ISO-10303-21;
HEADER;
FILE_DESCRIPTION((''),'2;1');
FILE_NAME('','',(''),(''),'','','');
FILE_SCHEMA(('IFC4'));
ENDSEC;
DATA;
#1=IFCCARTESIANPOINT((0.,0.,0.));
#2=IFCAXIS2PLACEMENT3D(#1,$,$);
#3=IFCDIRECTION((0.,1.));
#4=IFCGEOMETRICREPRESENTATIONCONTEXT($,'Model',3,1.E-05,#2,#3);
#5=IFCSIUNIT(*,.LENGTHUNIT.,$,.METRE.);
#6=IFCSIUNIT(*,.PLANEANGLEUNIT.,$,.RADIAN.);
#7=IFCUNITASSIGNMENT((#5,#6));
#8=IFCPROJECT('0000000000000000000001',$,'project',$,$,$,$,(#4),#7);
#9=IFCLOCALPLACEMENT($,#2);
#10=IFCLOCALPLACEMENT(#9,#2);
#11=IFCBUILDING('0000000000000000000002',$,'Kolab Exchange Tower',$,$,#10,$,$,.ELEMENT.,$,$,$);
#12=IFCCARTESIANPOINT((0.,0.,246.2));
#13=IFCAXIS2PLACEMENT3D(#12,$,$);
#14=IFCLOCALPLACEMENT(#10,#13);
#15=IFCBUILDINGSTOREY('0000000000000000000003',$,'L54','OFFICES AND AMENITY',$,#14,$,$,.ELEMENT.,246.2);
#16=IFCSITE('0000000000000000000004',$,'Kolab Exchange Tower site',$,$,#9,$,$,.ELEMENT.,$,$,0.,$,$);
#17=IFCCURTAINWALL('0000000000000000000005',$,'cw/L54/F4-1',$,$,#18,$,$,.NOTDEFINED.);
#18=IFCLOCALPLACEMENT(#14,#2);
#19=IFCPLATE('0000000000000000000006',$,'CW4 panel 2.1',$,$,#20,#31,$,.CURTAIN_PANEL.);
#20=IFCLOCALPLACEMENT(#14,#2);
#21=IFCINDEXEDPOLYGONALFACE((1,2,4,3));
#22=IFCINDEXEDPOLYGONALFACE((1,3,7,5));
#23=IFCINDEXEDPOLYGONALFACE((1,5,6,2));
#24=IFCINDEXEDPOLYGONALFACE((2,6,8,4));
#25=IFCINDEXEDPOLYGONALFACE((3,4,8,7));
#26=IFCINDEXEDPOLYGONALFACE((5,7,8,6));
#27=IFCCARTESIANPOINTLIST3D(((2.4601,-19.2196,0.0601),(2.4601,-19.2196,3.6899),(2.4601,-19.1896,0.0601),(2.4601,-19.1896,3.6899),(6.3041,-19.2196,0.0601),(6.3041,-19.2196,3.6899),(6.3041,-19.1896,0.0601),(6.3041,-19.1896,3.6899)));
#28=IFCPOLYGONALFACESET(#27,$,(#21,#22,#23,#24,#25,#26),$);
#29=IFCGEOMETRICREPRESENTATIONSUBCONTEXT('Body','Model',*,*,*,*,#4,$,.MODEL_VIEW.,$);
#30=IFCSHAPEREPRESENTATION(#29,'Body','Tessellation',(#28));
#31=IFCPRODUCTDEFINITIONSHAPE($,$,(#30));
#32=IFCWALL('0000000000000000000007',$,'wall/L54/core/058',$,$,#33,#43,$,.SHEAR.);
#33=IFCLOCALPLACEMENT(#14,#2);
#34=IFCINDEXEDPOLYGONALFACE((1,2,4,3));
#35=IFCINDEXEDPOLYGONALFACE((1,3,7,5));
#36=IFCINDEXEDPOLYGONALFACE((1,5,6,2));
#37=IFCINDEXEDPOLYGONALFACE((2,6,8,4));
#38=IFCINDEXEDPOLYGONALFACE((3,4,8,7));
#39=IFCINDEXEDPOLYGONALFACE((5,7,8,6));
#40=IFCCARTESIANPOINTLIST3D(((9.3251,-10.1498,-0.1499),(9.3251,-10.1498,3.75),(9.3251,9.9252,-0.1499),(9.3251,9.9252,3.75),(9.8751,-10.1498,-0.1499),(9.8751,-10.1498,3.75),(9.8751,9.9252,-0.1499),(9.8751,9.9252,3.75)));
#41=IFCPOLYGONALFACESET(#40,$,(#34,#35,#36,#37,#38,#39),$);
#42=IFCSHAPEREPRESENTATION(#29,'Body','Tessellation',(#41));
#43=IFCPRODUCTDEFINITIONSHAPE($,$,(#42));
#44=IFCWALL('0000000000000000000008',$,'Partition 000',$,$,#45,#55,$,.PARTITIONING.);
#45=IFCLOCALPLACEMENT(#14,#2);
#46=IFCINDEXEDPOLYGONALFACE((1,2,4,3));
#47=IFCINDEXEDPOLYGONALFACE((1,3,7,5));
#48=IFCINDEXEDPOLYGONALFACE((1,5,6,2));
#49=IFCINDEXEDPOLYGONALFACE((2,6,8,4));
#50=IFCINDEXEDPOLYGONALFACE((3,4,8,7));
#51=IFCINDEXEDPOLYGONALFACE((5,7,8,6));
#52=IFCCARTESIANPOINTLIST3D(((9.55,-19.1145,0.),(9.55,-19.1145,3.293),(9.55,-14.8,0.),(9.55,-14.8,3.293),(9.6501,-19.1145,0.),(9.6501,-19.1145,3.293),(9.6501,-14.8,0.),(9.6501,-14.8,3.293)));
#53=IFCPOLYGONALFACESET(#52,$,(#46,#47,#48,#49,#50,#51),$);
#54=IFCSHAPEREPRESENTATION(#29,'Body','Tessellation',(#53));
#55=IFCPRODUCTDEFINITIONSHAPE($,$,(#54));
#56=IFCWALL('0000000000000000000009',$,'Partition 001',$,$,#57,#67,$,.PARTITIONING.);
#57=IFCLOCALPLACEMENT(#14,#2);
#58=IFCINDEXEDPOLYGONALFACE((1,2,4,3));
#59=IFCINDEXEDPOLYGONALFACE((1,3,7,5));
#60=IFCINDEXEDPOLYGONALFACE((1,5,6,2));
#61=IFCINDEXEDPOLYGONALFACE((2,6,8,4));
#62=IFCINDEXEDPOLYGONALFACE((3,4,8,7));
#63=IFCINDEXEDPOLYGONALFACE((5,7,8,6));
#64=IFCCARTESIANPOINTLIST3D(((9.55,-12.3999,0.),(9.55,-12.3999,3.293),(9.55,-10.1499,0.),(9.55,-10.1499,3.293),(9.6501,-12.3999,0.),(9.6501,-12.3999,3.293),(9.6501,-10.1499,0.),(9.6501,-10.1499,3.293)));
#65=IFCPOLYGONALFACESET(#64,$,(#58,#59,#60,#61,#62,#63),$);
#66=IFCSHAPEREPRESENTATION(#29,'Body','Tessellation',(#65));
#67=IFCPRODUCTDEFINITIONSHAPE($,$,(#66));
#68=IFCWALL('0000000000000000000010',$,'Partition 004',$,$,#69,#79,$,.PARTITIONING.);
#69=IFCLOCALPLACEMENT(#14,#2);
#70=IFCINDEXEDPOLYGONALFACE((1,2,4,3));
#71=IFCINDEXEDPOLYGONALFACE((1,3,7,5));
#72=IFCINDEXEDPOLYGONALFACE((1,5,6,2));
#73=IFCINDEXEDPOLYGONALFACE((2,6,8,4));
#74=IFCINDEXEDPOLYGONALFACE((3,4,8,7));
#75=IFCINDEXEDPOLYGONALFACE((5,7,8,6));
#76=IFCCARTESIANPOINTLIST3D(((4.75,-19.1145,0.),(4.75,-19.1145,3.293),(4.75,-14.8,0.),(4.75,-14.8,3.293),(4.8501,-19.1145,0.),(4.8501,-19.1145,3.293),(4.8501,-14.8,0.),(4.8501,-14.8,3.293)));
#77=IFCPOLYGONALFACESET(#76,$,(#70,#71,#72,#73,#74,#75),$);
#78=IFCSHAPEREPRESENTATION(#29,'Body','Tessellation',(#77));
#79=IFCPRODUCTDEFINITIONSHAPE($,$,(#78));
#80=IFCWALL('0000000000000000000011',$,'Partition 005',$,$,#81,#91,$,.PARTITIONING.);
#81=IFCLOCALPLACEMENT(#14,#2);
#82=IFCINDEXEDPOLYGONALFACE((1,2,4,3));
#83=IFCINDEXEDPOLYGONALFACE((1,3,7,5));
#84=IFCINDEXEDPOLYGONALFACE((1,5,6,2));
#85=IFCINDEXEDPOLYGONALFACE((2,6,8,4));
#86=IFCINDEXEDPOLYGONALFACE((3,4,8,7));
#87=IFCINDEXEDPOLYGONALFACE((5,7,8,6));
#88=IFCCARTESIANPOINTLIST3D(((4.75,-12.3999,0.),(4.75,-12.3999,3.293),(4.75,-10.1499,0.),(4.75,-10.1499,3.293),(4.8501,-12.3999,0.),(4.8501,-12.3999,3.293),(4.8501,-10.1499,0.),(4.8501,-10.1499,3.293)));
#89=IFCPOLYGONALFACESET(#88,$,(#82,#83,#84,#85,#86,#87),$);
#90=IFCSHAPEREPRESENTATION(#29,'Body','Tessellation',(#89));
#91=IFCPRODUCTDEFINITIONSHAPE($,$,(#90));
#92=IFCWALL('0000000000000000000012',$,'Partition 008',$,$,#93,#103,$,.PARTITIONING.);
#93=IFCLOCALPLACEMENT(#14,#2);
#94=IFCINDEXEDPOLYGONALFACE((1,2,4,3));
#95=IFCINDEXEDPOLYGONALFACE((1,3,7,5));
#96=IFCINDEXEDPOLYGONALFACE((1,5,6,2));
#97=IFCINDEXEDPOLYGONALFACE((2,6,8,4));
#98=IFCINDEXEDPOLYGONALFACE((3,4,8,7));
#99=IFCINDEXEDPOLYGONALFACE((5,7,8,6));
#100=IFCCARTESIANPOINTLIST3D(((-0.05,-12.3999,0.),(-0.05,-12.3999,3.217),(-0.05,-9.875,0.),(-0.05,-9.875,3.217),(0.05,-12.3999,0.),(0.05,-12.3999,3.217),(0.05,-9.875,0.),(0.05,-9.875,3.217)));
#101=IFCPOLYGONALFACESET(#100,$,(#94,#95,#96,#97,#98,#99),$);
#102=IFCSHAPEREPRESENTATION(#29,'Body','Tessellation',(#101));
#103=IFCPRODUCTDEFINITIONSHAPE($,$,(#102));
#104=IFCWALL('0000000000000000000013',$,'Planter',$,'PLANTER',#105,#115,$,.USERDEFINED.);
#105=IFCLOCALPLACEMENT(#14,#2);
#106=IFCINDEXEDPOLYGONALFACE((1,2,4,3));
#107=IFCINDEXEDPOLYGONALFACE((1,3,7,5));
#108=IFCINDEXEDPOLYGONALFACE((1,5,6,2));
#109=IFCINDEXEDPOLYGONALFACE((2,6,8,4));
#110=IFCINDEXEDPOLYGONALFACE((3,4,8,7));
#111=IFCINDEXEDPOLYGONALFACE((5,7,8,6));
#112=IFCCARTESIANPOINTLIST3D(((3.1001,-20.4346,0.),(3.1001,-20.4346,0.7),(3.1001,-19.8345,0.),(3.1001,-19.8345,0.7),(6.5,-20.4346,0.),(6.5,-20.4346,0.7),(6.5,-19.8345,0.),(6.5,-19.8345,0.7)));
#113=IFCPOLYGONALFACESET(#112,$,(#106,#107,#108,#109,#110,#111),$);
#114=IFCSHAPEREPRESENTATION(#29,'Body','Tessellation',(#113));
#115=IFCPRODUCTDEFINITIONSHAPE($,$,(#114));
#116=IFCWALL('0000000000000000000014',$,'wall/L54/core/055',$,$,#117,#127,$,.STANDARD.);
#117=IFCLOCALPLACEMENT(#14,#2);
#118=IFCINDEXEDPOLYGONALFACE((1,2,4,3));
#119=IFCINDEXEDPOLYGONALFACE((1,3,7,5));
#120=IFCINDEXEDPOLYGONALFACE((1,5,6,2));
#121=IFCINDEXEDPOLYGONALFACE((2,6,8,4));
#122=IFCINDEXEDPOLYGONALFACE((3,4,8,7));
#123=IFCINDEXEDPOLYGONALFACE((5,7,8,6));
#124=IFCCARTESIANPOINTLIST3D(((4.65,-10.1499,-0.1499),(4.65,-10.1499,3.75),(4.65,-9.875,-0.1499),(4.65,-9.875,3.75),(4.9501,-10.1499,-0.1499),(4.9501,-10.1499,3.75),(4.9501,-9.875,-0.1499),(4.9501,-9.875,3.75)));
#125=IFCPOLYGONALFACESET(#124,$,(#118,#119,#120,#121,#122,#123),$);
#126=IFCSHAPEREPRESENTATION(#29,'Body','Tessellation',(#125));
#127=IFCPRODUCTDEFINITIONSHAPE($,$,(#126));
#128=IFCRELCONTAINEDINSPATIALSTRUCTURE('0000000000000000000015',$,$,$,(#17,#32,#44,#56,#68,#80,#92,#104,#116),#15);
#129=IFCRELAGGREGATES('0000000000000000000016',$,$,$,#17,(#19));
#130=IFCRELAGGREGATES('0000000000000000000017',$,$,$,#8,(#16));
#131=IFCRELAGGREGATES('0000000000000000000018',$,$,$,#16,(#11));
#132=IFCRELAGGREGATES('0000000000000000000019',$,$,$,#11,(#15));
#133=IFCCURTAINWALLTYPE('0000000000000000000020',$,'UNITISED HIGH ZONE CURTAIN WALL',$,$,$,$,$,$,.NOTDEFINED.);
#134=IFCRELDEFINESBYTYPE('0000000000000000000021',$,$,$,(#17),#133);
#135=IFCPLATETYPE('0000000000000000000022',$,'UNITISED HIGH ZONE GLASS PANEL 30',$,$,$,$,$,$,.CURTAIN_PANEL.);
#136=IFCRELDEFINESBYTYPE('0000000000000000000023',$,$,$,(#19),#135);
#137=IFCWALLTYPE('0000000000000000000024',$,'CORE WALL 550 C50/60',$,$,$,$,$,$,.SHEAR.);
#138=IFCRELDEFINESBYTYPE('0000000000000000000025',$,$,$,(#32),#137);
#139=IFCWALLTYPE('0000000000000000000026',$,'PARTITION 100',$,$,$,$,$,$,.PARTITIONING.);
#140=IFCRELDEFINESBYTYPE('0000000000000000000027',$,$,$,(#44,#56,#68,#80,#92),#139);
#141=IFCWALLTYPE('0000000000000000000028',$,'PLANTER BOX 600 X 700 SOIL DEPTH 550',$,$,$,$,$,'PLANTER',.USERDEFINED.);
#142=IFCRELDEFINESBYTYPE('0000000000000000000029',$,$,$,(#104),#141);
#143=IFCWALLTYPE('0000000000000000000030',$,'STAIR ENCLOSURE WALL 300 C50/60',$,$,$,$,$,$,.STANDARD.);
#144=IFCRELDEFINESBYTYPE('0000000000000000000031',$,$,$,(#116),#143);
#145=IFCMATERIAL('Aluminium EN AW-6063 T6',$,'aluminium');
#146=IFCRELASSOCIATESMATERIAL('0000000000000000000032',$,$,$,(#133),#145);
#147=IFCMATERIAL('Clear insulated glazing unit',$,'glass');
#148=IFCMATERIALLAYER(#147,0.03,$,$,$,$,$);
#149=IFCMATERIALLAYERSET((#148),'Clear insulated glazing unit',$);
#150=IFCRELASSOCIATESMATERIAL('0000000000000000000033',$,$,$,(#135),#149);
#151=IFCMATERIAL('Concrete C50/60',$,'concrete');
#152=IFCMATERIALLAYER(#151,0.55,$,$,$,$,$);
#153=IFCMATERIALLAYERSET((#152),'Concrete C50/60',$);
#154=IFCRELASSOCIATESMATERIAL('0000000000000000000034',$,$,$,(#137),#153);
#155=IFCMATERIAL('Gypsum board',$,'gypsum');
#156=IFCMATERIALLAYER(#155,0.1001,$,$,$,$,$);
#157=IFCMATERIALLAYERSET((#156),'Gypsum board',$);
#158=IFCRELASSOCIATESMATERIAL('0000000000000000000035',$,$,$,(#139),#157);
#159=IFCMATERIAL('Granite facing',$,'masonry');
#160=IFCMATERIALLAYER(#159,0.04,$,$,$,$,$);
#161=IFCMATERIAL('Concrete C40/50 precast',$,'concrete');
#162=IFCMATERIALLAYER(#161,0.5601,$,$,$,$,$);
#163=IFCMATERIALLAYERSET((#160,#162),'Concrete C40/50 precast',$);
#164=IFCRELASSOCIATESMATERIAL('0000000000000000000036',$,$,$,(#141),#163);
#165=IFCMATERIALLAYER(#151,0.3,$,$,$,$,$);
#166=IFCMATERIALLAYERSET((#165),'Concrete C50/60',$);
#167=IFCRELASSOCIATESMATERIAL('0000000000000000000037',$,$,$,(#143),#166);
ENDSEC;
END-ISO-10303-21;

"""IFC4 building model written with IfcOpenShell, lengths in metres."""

from ifc_helpers import new_model, si_unit, direction, frame, frame_2d, origin, origin_2d, place, context, subcontext, project, spatial, rectangle, extrude, material, layer, layer_set, type_object, element, aggregate, save


model = new_model("IFC4")

# Units and contexts
model_context = context("Model", 3, precision=1e-05, world=origin(), true_north=direction((0.0, 1.0)))
body_context = subcontext(model_context, "Body", "Model", "MODEL_VIEW")
ifc_project = project(units=[si_unit("LENGTHUNIT", "METRE"), si_unit("PLANEANGLEUNIT", "RADIAN")], contexts=[model_context])

# Site, building, storey
site_placement = place(None, origin())
site = spatial("IfcSite", under=ifc_project, at=site_placement, Name="Kolab Exchange Tower site", CompositionType="ELEMENT", RefElevation=0.0)
building_placement = place(site_placement, origin())
building = spatial("IfcBuilding", under=site, at=building_placement, Name="Kolab Exchange Tower", CompositionType="ELEMENT")
storey_placement = place(building_placement, frame((0.0, 0.0, 246.2)))
storey = spatial("IfcBuildingStorey", under=building, at=storey_placement, Name="L54", Description="OFFICES AND AMENITY", CompositionType="ELEMENT", Elevation=246.2)

# Shared definitions
ifc_material_1 = material(Name="Concrete C50/60", Category="concrete")

# Curtain wall, plate
ifc_material_2 = material(Name="Aluminium EN AW-6063 T6", Category="aluminium")
curtain_wall_type = type_object("IfcCurtainWallType", Name="UNITISED HIGH ZONE CURTAIN WALL", PredefinedType="NOTDEFINED", material=ifc_material_2)
curtain_wall_placement = place(storey_placement, origin())
curtain_wall = element("IfcCurtainWall", 1, at=curtain_wall_placement, inside=storey, type_object=curtain_wall_type, Name="cw/L54/F4-1", PredefinedType="NOTDEFINED")
ifc_material_3 = material(Name="Clear insulated glazing unit", Category="glass")
ifc_layer_1 = layer(ifc_material_3, 0.03)
ifc_layer_set_1 = layer_set([ifc_layer_1], Name="Clear insulated glazing unit")
plate_type = type_object("IfcPlateType", Name="UNITISED HIGH ZONE GLASS PANEL 30", PredefinedType="CURTAIN_PANEL", material=ifc_layer_set_1)
plate_1_placement = place(storey_placement, frame((4.3821, -19.2046, 0.0601), z_axis=(0.0, 0.0, 1.0), x_axis=(-1.0, 0.0, 0.0)))
plate_1 = element("IfcPlate", 2, at=plate_1_placement, type_object=plate_type, Name="CW4 panel 2.1", PredefinedType="CURTAIN_PANEL", context=body_context, shape_type="SweptSolid", body=[
    extrude(rectangle(XDim=3.844, YDim=0.03, at=origin_2d()), origin(), (0.0, 0.0, 1.0), 3.6299),
])
aggregate(curtain_wall, [plate_1])

# Wall
ifc_layer_2 = layer(ifc_material_1, 0.55)
ifc_layer_set_2 = layer_set([ifc_layer_2], Name="Concrete C50/60")
wall_type_1 = type_object("IfcWallType", Name="CORE WALL 550 C50/60", PredefinedType="SHEAR", material=ifc_layer_set_2)
wall_1_placement = place(storey_placement, frame((9.6001, -10.1499, -0.1499), z_axis=(0.0, 0.0, 1.0), x_axis=(0.0, 1.0, 0.0)))
element("IfcWall", 3, at=wall_1_placement, inside=storey, type_object=wall_type_1, Name="wall/L54/core/058", PredefinedType="SHEAR", context=body_context, shape_type="SweptSolid", body=[
    extrude(rectangle(XDim=20.075, YDim=0.55, at=frame_2d((10.0376, 0.0))), origin(), (0.0, 0.0, 1.0), 3.8999),
])

# Walls
ifc_material_4 = material(Name="Gypsum board", Category="gypsum")
ifc_layer_3 = layer(ifc_material_4, 0.1001)
ifc_layer_set_3 = layer_set([ifc_layer_3], Name="Gypsum board")
wall_type_2 = type_object("IfcWallType", Name="PARTITION 100", PredefinedType="PARTITIONING", material=ifc_layer_set_3)
wall_2_placement = place(storey_placement, frame((9.6001, -19.1145, 0.0), z_axis=(0.0, 0.0, 1.0), x_axis=(0.0, 1.0, 0.0)))
element("IfcWall", 4, at=wall_2_placement, inside=storey, type_object=wall_type_2, Name="Partition 000", PredefinedType="PARTITIONING", context=body_context, shape_type="SweptSolid", body=[
    extrude(rectangle(XDim=4.3145, YDim=0.1001, at=frame_2d((2.1572, 0.0))), origin(), (0.0, 0.0, 1.0), 3.293),
])
wall_3_placement = place(storey_placement, frame((9.6001, -12.3999, 0.0), z_axis=(0.0, 0.0, 1.0), x_axis=(0.0, 1.0, 0.0)))
element("IfcWall", 5, at=wall_3_placement, inside=storey, type_object=wall_type_2, Name="Partition 001", PredefinedType="PARTITIONING", context=body_context, shape_type="SweptSolid", body=[
    extrude(rectangle(XDim=2.25, YDim=0.1001, at=frame_2d((1.125, 0.0))), origin(), (0.0, 0.0, 1.0), 3.293),
])
wall_4_placement = place(storey_placement, frame((4.8, -19.1145, 0.0), z_axis=(0.0, 0.0, 1.0), x_axis=(0.0, 1.0, 0.0)))
element("IfcWall", 6, at=wall_4_placement, inside=storey, type_object=wall_type_2, Name="Partition 004", PredefinedType="PARTITIONING", context=body_context, shape_type="SweptSolid", body=[
    extrude(rectangle(XDim=4.3145, YDim=0.1001, at=frame_2d((2.1572, 0.0))), origin(), (0.0, 0.0, 1.0), 3.293),
])
wall_5_placement = place(storey_placement, frame((4.8, -12.3999, 0.0), z_axis=(0.0, 0.0, 1.0), x_axis=(0.0, 1.0, 0.0)))
element("IfcWall", 7, at=wall_5_placement, inside=storey, type_object=wall_type_2, Name="Partition 005", PredefinedType="PARTITIONING", context=body_context, shape_type="SweptSolid", body=[
    extrude(rectangle(XDim=2.25, YDim=0.1001, at=frame_2d((1.125, 0.0))), origin(), (0.0, 0.0, 1.0), 3.293),
])
wall_6_placement = place(storey_placement, frame((0.0, -12.3999, 0.0), z_axis=(0.0, 0.0, 1.0), x_axis=(0.0, 1.0, 0.0)))
element("IfcWall", 8, at=wall_6_placement, inside=storey, type_object=wall_type_2, Name="Partition 008", PredefinedType="PARTITIONING", context=body_context, shape_type="SweptSolid", body=[
    extrude(rectangle(XDim=2.5249, YDim=0.1001, at=frame_2d((1.2625, 0.0))), origin(), (0.0, 0.0, 1.0), 3.217),
])
ifc_material_5 = material(Name="Granite facing", Category="masonry")
ifc_layer_4 = layer(ifc_material_5, 0.04)
ifc_material_6 = material(Name="Concrete C40/50 precast", Category="concrete")
ifc_layer_5 = layer(ifc_material_6, 0.5601)
ifc_layer_set_4 = layer_set([ifc_layer_4, ifc_layer_5], Name="Concrete C40/50 precast")
wall_type_3 = type_object("IfcWallType", Name="PLANTER BOX 600 X 700 SOIL DEPTH 550", ElementType="PLANTER", PredefinedType="USERDEFINED", material=ifc_layer_set_4)
wall_7_placement = place(storey_placement, frame((6.5, -20.1345, 0.0), z_axis=(0.0, 0.0, 1.0), x_axis=(-1.0, 0.0, 0.0)))
element("IfcWall", 9, at=wall_7_placement, inside=storey, type_object=wall_type_3, Name="Planter", ObjectType="PLANTER", PredefinedType="USERDEFINED", context=body_context, shape_type="SweptSolid", body=[
    extrude(rectangle(XDim=3.3999, YDim=0.6001, at=frame_2d((1.7, 0.0))), origin(), (0.0, 0.0, 1.0), 0.7),
])
ifc_layer_6 = layer(ifc_material_1, 0.3)
ifc_layer_set_5 = layer_set([ifc_layer_6], Name="Concrete C50/60")
wall_type_4 = type_object("IfcWallType", Name="STAIR ENCLOSURE WALL 300 C50/60", PredefinedType="STANDARD", material=ifc_layer_set_5)
wall_8_placement = place(storey_placement, frame((4.8, -10.1499, -0.1499), z_axis=(0.0, 0.0, 1.0), x_axis=(0.0, 1.0, 0.0)))
element("IfcWall", 10, at=wall_8_placement, inside=storey, type_object=wall_type_4, Name="wall/L54/core/055", PredefinedType="STANDARD", context=body_context, shape_type="SweptSolid", body=[
    extrude(rectangle(XDim=0.2749, YDim=0.3, at=frame_2d((0.1375, 0.0))), origin(), (0.0, 0.0, 1.0), 3.8999),
])

save(model, "model.ifc")
